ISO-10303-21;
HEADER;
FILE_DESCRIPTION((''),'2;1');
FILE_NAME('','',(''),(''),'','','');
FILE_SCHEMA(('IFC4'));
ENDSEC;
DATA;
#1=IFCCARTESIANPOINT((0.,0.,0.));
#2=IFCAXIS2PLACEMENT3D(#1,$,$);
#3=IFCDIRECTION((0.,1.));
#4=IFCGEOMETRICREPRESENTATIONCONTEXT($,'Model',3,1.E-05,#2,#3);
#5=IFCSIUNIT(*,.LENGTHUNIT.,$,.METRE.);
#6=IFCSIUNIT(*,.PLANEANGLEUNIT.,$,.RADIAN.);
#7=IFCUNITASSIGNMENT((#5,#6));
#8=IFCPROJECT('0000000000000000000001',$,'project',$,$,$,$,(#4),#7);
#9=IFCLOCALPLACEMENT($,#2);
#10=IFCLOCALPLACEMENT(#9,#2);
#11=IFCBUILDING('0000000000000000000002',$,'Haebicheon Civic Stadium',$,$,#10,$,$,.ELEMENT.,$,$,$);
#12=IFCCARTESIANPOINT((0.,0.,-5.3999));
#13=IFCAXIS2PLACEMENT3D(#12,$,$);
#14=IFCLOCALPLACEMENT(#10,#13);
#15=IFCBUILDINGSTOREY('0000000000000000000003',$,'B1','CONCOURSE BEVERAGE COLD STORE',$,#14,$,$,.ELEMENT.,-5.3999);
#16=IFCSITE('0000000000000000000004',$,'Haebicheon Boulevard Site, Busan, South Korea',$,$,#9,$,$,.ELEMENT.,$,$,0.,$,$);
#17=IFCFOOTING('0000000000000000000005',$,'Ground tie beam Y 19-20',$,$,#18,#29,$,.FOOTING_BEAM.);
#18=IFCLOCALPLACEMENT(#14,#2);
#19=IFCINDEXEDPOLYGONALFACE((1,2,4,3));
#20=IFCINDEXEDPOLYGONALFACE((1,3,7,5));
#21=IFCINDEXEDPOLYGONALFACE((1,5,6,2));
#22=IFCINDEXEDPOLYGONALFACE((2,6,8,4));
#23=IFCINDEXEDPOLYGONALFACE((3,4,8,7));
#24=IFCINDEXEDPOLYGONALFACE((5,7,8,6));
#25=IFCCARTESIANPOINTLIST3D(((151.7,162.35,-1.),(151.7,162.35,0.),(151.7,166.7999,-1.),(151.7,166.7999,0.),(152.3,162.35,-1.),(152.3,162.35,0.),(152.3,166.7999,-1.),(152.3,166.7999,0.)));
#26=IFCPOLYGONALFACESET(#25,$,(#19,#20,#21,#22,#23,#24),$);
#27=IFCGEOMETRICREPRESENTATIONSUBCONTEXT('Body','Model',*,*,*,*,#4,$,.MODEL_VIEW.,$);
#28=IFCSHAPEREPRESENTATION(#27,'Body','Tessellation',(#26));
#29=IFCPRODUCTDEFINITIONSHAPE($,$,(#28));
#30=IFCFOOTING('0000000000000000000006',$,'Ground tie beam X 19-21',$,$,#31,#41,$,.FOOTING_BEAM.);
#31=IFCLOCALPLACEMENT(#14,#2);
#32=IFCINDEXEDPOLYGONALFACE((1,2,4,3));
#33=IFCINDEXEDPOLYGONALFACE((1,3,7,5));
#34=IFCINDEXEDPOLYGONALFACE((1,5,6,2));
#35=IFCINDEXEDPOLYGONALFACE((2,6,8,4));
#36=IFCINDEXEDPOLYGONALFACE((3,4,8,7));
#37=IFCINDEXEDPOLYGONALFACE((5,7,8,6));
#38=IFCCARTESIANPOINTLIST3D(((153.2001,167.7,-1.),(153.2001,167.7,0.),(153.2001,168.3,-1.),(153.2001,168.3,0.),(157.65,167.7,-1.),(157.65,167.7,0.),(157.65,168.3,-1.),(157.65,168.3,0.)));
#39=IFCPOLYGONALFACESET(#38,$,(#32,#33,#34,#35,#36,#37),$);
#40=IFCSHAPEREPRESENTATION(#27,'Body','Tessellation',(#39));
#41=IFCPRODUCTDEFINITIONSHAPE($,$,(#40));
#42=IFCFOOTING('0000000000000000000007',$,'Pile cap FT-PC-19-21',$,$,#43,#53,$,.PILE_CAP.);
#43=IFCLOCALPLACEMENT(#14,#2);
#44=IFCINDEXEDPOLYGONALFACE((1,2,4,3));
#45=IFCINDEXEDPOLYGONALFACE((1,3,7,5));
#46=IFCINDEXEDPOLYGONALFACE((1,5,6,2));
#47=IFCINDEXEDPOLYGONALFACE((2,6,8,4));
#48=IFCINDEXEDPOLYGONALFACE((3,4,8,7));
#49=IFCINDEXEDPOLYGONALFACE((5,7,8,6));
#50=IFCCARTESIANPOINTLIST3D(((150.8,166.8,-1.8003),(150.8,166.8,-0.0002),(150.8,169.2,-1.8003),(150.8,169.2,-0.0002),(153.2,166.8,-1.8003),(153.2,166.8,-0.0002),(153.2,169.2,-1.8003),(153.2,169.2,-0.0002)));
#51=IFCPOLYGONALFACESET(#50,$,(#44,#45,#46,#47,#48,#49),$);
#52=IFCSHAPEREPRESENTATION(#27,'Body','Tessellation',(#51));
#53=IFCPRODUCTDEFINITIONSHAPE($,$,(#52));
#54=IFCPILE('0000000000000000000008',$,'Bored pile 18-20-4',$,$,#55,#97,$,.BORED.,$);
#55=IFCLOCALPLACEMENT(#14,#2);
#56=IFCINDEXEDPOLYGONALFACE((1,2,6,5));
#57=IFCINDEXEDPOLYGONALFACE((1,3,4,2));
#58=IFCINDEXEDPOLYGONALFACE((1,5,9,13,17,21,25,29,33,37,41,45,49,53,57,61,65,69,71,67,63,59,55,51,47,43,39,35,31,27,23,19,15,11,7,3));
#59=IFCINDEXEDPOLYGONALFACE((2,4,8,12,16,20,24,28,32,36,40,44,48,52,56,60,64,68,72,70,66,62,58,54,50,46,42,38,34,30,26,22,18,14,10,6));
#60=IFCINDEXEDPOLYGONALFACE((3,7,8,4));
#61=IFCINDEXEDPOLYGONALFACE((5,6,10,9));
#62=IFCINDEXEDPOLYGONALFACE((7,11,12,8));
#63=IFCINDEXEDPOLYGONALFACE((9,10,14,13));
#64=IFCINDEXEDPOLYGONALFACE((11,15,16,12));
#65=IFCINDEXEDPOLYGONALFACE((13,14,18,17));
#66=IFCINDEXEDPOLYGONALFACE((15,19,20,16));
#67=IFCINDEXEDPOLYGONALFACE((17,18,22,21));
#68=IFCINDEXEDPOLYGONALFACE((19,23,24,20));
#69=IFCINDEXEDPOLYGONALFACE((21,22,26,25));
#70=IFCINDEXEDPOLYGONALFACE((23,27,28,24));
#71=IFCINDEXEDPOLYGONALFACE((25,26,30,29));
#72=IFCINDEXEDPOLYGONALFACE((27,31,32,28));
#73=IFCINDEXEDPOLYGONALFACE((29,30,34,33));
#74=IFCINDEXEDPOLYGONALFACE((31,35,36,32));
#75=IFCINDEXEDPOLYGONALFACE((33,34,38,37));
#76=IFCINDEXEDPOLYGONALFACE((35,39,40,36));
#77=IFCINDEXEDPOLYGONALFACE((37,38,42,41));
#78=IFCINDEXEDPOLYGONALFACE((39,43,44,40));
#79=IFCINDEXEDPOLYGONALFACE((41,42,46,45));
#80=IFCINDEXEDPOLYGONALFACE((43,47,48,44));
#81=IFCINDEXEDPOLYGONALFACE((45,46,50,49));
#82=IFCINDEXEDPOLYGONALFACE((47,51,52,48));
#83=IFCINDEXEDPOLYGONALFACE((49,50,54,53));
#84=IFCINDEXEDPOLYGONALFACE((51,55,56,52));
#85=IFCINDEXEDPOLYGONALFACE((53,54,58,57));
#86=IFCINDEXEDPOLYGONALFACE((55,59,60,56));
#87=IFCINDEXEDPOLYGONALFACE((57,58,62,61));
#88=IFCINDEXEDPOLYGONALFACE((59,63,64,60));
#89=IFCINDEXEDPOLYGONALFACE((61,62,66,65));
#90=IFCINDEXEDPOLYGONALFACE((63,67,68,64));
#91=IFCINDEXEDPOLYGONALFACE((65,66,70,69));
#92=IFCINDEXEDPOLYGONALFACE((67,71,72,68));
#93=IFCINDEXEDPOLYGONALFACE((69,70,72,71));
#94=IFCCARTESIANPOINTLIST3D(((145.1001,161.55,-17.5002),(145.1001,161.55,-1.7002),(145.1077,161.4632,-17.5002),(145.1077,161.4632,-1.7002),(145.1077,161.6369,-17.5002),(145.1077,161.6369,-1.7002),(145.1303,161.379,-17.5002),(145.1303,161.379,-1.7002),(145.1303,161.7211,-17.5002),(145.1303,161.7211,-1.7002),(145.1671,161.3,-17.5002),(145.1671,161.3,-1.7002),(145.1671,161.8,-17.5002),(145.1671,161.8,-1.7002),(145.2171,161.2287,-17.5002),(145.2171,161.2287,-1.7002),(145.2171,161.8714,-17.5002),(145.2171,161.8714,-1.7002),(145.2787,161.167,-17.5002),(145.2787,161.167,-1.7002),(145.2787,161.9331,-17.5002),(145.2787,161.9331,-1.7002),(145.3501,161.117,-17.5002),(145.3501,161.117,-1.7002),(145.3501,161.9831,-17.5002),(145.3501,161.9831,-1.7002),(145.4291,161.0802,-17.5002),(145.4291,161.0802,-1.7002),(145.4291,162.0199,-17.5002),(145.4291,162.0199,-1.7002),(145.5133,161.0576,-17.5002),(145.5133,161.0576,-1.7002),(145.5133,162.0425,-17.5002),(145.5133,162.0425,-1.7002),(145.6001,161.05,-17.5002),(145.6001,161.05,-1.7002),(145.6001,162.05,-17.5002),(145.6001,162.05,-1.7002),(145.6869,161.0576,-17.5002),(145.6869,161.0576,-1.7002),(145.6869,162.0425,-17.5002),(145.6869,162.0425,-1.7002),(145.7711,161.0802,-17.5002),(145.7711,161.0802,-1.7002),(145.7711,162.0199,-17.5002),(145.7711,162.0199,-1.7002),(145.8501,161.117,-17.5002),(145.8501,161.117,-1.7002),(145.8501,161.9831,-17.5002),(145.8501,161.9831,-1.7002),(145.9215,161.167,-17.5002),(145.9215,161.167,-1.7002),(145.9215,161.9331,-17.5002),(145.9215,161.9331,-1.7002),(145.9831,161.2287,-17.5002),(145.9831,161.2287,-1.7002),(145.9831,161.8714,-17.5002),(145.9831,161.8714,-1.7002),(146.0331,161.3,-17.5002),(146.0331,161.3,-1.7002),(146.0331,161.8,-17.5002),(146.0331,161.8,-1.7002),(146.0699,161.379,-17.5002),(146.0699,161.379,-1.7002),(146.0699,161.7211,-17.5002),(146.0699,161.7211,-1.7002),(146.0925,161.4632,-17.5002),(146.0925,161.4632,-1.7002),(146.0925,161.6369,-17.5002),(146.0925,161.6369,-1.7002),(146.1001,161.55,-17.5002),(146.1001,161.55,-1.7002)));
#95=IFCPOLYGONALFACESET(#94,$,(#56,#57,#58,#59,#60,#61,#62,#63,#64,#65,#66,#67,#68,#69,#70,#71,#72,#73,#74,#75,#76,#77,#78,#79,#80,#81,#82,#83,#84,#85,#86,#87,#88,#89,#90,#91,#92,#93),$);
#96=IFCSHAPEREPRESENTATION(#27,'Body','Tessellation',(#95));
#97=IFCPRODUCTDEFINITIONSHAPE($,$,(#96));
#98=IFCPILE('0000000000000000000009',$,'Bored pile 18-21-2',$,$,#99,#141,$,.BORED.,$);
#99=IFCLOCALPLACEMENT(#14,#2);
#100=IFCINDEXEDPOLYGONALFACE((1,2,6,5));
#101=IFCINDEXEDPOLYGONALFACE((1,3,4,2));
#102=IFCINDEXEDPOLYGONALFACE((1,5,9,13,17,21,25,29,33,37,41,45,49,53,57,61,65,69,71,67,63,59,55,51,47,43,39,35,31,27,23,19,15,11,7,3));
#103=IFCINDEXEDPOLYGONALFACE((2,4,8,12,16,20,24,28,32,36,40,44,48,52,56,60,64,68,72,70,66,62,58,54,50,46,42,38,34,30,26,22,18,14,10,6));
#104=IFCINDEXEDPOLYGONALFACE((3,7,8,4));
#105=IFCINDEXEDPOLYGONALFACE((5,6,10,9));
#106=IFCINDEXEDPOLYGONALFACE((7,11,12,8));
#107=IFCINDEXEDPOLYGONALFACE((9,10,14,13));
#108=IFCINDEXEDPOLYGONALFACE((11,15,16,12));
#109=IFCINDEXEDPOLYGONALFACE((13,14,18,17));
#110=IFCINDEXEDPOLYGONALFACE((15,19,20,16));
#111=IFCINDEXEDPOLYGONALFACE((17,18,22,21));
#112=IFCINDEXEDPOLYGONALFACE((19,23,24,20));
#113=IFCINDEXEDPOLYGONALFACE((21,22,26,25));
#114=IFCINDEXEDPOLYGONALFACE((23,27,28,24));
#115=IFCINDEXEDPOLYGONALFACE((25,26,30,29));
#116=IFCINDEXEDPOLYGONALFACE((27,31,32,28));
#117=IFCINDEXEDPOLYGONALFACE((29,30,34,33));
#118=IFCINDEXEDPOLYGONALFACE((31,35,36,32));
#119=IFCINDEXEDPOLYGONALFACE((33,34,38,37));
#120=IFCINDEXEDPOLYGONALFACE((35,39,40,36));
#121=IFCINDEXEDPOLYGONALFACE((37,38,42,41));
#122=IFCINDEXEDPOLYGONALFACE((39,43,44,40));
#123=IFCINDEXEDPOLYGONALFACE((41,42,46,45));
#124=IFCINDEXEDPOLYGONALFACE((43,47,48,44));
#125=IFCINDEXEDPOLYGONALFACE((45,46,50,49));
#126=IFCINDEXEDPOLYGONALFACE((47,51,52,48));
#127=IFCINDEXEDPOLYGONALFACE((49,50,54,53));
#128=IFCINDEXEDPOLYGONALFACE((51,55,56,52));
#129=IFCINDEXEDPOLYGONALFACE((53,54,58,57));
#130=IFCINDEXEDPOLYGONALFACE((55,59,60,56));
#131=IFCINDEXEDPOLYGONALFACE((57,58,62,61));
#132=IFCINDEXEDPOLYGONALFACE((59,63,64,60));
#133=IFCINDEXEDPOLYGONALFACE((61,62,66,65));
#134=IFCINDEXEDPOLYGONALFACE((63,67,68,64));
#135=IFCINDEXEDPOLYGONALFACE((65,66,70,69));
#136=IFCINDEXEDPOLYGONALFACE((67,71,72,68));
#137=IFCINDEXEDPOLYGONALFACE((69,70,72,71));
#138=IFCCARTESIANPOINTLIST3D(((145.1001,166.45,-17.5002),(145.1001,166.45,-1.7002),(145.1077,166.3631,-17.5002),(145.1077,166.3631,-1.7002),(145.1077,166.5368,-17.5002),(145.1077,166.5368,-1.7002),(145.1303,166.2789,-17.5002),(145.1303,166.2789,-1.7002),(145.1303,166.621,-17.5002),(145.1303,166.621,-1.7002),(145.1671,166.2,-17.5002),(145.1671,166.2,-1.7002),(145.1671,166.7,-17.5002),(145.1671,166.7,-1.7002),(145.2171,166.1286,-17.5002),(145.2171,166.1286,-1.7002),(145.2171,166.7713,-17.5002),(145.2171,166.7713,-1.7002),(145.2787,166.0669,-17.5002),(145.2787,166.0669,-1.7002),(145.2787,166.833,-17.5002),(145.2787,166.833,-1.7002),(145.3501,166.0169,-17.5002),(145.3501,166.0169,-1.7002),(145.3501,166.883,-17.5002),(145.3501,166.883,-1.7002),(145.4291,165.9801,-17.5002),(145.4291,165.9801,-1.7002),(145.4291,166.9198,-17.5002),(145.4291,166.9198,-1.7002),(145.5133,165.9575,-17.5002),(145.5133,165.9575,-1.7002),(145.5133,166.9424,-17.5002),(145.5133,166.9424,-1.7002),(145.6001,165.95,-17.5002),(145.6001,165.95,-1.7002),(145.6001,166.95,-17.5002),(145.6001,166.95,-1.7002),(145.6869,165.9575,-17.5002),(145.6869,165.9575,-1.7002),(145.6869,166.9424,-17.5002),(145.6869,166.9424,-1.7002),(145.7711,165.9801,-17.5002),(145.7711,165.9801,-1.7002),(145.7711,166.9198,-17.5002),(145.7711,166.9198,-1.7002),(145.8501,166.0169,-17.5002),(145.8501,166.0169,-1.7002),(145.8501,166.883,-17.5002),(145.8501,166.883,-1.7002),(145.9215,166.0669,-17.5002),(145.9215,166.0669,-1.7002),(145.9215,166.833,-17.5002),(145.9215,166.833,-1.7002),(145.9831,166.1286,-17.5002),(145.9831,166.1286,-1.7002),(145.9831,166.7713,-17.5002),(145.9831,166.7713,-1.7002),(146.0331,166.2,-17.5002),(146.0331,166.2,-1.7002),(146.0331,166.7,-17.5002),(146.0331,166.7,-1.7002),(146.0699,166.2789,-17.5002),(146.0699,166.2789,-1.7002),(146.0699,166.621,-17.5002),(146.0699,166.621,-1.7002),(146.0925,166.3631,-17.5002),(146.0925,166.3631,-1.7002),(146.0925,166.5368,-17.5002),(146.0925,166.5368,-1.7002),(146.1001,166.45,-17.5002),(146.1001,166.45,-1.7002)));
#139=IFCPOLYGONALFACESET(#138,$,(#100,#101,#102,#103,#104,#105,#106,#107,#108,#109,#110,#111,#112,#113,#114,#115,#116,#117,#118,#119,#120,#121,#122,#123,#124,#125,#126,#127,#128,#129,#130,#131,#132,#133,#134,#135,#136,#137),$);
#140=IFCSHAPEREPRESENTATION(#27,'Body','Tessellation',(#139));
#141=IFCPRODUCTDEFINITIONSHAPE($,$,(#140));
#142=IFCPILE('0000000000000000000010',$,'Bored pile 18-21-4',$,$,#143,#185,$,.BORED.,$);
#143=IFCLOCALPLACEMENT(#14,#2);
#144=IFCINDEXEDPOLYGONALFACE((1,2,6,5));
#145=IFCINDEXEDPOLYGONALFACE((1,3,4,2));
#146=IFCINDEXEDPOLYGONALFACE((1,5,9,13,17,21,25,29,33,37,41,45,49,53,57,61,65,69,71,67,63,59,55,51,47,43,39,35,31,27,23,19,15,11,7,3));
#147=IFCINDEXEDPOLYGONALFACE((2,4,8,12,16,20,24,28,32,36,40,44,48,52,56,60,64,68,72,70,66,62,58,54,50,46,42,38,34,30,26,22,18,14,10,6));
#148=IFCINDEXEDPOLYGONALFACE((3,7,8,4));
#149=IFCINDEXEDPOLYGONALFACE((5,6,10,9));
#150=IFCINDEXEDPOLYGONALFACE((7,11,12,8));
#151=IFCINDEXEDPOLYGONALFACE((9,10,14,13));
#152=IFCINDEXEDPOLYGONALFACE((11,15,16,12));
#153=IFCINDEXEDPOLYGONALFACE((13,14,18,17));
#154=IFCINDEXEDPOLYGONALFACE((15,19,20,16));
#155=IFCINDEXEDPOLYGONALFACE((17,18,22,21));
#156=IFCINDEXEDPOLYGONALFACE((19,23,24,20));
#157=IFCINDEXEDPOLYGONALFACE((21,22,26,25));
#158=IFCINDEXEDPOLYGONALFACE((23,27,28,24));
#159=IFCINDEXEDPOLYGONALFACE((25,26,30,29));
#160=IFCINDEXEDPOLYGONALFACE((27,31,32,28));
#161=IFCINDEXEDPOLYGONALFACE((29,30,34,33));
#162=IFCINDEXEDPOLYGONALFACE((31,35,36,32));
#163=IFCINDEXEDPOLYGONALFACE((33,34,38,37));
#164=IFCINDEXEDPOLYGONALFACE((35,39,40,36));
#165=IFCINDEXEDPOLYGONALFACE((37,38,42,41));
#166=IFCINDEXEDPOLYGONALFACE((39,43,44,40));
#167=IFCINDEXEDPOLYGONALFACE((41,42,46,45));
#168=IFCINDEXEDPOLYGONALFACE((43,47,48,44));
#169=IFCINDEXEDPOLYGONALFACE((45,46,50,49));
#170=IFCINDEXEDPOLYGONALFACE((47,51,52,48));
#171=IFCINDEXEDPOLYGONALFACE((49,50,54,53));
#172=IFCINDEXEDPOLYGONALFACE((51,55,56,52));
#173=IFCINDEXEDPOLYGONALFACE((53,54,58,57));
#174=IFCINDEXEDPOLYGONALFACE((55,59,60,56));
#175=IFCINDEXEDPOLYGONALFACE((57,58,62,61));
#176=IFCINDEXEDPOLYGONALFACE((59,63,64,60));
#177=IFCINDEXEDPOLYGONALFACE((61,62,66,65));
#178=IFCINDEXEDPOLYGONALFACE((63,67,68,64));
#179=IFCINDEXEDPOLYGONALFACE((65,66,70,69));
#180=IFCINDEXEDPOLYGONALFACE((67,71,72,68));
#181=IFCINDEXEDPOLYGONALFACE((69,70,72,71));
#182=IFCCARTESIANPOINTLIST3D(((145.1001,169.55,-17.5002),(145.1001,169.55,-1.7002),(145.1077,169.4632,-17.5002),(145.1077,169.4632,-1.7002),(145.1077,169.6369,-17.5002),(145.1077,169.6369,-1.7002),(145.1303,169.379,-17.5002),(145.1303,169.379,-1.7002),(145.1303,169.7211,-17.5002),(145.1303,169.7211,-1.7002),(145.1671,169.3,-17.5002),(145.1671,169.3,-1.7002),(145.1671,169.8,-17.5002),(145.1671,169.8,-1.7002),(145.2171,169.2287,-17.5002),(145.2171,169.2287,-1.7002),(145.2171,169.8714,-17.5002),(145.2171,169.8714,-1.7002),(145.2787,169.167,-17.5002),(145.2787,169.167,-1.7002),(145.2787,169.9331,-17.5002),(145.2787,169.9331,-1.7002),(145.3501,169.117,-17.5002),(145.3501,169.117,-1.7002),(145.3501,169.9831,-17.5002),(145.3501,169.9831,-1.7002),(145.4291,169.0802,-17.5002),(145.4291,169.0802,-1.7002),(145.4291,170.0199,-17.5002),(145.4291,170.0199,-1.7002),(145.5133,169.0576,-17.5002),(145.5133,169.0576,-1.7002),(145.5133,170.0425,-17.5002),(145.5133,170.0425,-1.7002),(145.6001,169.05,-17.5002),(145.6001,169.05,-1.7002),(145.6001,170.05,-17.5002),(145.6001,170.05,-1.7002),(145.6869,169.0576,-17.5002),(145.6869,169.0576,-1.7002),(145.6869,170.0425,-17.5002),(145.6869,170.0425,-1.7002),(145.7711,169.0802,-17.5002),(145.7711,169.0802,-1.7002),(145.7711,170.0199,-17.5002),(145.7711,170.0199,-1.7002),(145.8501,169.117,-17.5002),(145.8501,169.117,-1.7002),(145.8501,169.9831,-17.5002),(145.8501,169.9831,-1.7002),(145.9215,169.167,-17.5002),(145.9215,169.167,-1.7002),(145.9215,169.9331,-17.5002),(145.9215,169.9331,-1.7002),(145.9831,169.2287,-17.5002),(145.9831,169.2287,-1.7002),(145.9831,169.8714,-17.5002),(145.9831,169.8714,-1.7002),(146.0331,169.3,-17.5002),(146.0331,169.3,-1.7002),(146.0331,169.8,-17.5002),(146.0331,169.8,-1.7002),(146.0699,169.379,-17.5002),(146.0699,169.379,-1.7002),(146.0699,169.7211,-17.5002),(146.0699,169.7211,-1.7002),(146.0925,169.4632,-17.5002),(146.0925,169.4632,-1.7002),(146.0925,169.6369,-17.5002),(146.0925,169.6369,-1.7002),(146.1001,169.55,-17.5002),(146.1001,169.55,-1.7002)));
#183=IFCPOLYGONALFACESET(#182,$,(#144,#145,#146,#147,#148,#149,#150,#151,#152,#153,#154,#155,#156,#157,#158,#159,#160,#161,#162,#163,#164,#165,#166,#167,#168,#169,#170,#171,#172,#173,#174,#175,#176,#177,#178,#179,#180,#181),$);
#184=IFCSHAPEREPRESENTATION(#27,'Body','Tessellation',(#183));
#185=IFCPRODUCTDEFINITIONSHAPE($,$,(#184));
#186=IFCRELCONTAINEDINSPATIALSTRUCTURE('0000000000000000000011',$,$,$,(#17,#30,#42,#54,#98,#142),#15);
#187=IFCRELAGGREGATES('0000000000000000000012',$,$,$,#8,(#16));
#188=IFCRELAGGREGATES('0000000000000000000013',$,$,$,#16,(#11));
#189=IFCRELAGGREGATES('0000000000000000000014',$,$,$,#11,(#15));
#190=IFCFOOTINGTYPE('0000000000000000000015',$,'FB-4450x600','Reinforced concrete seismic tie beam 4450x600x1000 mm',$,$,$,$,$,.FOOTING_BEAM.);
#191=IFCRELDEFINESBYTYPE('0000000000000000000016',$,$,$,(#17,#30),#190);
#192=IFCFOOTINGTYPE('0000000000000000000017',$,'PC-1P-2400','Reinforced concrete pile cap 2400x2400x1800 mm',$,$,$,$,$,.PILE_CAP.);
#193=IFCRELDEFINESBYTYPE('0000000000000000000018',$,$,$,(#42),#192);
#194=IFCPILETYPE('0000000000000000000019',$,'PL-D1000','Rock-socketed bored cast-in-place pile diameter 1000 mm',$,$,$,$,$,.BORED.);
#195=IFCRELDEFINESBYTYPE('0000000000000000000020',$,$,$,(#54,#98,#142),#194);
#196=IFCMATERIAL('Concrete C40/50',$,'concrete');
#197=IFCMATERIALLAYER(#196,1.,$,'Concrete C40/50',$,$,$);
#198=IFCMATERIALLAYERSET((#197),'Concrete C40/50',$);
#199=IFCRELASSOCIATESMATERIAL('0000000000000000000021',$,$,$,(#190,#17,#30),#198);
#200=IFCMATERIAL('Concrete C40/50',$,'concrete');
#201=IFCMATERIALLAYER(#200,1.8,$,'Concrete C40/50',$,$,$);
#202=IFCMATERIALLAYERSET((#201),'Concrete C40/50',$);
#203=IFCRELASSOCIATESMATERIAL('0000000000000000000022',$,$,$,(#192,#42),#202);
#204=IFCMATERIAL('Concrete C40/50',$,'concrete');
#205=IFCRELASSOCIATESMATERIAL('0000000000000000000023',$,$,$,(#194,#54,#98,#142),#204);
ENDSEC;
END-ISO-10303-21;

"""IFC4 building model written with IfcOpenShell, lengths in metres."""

from ifc_helpers import new_model, si_unit, direction, frame, origin, origin_2d, place, context, subcontext, project, spatial, rectangle, circle, extrude, material, layer, layer_set, material_profile, profile_set, type_object, element, save


model = new_model("IFC4")

# Units and contexts
model_context = context("Model", 3, precision=1e-05, world=origin(), true_north=direction((0.0, 1.0)))
body_context = subcontext(model_context, "Body", "Model", "MODEL_VIEW")
ifc_project = project(units=[si_unit("LENGTHUNIT", "METRE"), si_unit("PLANEANGLEUNIT", "RADIAN")], contexts=[model_context])

# Site, building, storey
site_placement = place(None, origin())
site = spatial("IfcSite", under=ifc_project, at=site_placement, Name="Haebicheon Boulevard Site, Busan, South Korea", CompositionType="ELEMENT", RefElevation=0.0)
building_placement = place(site_placement, origin())
building = spatial("IfcBuilding", under=site, at=building_placement, Name="Haebicheon Civic Stadium", CompositionType="ELEMENT")
storey_placement = place(building_placement, frame((0.0, 0.0, -5.3999)))
storey = spatial("IfcBuildingStorey", under=building, at=storey_placement, Name="B1", Description="CONCOURSE BEVERAGE COLD STORE", CompositionType="ELEMENT", Elevation=-5.3999)

# Footings
ifc_material_1 = material(Name="Concrete C40/50", Category="concrete")
ifc_layer_1 = layer(ifc_material_1, 1.0, Name="Concrete C40/50")
ifc_layer_set_1 = layer_set([ifc_layer_1], Name="Concrete C40/50")
footing_type_1 = type_object("IfcFootingType", Name="FB-4450x600", Description="Reinforced concrete seismic tie beam 4450x600x1000 mm", PredefinedType="FOOTING_BEAM", material=ifc_layer_set_1)
for number, where, z_axis, x_axis, name in (
    (1, (152.0, 164.575, -1.0), (0.0, 0.0, 1.0), (0.0, 1.0, 0.0), "Ground tie beam Y 19-20"),
    (2, (155.425, 168.0, -1.0), (0.0, 0.0, 1.0), (1.0, 0.0, 0.0), "Ground tie beam X 19-21"),
):
    element("IfcFooting", number, at=place(storey_placement, frame(where, z_axis=z_axis, x_axis=x_axis)), inside=storey, type_object=footing_type_1, material=ifc_layer_set_1, Name=name, PredefinedType="FOOTING_BEAM", context=body_context, shape_type="SweptSolid", body=[
        extrude(rectangle(XDim=4.45, YDim=0.6001, at=origin_2d()), origin(), (0.0, 0.0, 1.0), 1.0),
    ])
ifc_material_2 = material(Name="Concrete C40/50", Category="concrete")
ifc_layer_2 = layer(ifc_material_2, 1.8, Name="Concrete C40/50")
ifc_layer_set_2 = layer_set([ifc_layer_2], Name="Concrete C40/50")
footing_type_2 = type_object("IfcFootingType", Name="PC-1P-2400", Description="Reinforced concrete pile cap 2400x2400x1800 mm", PredefinedType="PILE_CAP", material=ifc_layer_set_2)
footing_placement = place(storey_placement, frame((152.0, 168.0, -1.8003), z_axis=(0.0, 0.0, 1.0), x_axis=(1.0, 0.0, 0.0)))
element("IfcFooting", 3, at=footing_placement, inside=storey, type_object=footing_type_2, material=ifc_layer_set_2, Name="Pile cap FT-PC-19-21", PredefinedType="PILE_CAP", context=body_context, shape_type="SweptSolid", body=[
    extrude(rectangle(XDim=2.3999, YDim=2.3999, at=origin_2d()), origin(), (0.0, 0.0, 1.0), 1.8),
])

# Piles
ifc_material_3 = material(Name="Concrete C40/50", Category="concrete")
ifc_material_profile_1 = material_profile(ifc_material_3, circle(Radius=0.5, at=origin_2d()), Name="PILE-D1000")
ifc_profile_set_1 = profile_set([ifc_material_profile_1], Name="Concrete C40/50")
pile_type_1 = type_object("IfcPileType", Name="PL-D1000", Description="Rock-socketed bored cast-in-place pile diameter 1000 mm", PredefinedType="BORED", material=ifc_profile_set_1)
for number, where, z_axis, x_axis, name in (
    (4, (145.6001, 161.55, -1.7002), (0.0, 0.0, -1.0), (1.0, 0.0, 0.0), "Bored pile 18-20-4"),
    (5, (145.6001, 166.45, -1.7002), (0.0, 0.0, -1.0), (1.0, 0.0, 0.0), "Bored pile 18-21-2"),
    (6, (145.6001, 169.55, -1.7002), (0.0, 0.0, -1.0), (1.0, 0.0, 0.0), "Bored pile 18-21-4"),
):
    element("IfcPile", number, at=place(storey_placement, frame(where, z_axis=z_axis, x_axis=x_axis)), inside=storey, type_object=pile_type_1, material=ifc_profile_set_1, Name=name, PredefinedType="BORED", context=body_context, shape_type="SweptSolid", body=[
        extrude(circle(Radius=0.5, at=origin_2d()), origin(), (0.0, 0.0, 1.0), 15.8),
    ])

save(model, "model.ifc")
